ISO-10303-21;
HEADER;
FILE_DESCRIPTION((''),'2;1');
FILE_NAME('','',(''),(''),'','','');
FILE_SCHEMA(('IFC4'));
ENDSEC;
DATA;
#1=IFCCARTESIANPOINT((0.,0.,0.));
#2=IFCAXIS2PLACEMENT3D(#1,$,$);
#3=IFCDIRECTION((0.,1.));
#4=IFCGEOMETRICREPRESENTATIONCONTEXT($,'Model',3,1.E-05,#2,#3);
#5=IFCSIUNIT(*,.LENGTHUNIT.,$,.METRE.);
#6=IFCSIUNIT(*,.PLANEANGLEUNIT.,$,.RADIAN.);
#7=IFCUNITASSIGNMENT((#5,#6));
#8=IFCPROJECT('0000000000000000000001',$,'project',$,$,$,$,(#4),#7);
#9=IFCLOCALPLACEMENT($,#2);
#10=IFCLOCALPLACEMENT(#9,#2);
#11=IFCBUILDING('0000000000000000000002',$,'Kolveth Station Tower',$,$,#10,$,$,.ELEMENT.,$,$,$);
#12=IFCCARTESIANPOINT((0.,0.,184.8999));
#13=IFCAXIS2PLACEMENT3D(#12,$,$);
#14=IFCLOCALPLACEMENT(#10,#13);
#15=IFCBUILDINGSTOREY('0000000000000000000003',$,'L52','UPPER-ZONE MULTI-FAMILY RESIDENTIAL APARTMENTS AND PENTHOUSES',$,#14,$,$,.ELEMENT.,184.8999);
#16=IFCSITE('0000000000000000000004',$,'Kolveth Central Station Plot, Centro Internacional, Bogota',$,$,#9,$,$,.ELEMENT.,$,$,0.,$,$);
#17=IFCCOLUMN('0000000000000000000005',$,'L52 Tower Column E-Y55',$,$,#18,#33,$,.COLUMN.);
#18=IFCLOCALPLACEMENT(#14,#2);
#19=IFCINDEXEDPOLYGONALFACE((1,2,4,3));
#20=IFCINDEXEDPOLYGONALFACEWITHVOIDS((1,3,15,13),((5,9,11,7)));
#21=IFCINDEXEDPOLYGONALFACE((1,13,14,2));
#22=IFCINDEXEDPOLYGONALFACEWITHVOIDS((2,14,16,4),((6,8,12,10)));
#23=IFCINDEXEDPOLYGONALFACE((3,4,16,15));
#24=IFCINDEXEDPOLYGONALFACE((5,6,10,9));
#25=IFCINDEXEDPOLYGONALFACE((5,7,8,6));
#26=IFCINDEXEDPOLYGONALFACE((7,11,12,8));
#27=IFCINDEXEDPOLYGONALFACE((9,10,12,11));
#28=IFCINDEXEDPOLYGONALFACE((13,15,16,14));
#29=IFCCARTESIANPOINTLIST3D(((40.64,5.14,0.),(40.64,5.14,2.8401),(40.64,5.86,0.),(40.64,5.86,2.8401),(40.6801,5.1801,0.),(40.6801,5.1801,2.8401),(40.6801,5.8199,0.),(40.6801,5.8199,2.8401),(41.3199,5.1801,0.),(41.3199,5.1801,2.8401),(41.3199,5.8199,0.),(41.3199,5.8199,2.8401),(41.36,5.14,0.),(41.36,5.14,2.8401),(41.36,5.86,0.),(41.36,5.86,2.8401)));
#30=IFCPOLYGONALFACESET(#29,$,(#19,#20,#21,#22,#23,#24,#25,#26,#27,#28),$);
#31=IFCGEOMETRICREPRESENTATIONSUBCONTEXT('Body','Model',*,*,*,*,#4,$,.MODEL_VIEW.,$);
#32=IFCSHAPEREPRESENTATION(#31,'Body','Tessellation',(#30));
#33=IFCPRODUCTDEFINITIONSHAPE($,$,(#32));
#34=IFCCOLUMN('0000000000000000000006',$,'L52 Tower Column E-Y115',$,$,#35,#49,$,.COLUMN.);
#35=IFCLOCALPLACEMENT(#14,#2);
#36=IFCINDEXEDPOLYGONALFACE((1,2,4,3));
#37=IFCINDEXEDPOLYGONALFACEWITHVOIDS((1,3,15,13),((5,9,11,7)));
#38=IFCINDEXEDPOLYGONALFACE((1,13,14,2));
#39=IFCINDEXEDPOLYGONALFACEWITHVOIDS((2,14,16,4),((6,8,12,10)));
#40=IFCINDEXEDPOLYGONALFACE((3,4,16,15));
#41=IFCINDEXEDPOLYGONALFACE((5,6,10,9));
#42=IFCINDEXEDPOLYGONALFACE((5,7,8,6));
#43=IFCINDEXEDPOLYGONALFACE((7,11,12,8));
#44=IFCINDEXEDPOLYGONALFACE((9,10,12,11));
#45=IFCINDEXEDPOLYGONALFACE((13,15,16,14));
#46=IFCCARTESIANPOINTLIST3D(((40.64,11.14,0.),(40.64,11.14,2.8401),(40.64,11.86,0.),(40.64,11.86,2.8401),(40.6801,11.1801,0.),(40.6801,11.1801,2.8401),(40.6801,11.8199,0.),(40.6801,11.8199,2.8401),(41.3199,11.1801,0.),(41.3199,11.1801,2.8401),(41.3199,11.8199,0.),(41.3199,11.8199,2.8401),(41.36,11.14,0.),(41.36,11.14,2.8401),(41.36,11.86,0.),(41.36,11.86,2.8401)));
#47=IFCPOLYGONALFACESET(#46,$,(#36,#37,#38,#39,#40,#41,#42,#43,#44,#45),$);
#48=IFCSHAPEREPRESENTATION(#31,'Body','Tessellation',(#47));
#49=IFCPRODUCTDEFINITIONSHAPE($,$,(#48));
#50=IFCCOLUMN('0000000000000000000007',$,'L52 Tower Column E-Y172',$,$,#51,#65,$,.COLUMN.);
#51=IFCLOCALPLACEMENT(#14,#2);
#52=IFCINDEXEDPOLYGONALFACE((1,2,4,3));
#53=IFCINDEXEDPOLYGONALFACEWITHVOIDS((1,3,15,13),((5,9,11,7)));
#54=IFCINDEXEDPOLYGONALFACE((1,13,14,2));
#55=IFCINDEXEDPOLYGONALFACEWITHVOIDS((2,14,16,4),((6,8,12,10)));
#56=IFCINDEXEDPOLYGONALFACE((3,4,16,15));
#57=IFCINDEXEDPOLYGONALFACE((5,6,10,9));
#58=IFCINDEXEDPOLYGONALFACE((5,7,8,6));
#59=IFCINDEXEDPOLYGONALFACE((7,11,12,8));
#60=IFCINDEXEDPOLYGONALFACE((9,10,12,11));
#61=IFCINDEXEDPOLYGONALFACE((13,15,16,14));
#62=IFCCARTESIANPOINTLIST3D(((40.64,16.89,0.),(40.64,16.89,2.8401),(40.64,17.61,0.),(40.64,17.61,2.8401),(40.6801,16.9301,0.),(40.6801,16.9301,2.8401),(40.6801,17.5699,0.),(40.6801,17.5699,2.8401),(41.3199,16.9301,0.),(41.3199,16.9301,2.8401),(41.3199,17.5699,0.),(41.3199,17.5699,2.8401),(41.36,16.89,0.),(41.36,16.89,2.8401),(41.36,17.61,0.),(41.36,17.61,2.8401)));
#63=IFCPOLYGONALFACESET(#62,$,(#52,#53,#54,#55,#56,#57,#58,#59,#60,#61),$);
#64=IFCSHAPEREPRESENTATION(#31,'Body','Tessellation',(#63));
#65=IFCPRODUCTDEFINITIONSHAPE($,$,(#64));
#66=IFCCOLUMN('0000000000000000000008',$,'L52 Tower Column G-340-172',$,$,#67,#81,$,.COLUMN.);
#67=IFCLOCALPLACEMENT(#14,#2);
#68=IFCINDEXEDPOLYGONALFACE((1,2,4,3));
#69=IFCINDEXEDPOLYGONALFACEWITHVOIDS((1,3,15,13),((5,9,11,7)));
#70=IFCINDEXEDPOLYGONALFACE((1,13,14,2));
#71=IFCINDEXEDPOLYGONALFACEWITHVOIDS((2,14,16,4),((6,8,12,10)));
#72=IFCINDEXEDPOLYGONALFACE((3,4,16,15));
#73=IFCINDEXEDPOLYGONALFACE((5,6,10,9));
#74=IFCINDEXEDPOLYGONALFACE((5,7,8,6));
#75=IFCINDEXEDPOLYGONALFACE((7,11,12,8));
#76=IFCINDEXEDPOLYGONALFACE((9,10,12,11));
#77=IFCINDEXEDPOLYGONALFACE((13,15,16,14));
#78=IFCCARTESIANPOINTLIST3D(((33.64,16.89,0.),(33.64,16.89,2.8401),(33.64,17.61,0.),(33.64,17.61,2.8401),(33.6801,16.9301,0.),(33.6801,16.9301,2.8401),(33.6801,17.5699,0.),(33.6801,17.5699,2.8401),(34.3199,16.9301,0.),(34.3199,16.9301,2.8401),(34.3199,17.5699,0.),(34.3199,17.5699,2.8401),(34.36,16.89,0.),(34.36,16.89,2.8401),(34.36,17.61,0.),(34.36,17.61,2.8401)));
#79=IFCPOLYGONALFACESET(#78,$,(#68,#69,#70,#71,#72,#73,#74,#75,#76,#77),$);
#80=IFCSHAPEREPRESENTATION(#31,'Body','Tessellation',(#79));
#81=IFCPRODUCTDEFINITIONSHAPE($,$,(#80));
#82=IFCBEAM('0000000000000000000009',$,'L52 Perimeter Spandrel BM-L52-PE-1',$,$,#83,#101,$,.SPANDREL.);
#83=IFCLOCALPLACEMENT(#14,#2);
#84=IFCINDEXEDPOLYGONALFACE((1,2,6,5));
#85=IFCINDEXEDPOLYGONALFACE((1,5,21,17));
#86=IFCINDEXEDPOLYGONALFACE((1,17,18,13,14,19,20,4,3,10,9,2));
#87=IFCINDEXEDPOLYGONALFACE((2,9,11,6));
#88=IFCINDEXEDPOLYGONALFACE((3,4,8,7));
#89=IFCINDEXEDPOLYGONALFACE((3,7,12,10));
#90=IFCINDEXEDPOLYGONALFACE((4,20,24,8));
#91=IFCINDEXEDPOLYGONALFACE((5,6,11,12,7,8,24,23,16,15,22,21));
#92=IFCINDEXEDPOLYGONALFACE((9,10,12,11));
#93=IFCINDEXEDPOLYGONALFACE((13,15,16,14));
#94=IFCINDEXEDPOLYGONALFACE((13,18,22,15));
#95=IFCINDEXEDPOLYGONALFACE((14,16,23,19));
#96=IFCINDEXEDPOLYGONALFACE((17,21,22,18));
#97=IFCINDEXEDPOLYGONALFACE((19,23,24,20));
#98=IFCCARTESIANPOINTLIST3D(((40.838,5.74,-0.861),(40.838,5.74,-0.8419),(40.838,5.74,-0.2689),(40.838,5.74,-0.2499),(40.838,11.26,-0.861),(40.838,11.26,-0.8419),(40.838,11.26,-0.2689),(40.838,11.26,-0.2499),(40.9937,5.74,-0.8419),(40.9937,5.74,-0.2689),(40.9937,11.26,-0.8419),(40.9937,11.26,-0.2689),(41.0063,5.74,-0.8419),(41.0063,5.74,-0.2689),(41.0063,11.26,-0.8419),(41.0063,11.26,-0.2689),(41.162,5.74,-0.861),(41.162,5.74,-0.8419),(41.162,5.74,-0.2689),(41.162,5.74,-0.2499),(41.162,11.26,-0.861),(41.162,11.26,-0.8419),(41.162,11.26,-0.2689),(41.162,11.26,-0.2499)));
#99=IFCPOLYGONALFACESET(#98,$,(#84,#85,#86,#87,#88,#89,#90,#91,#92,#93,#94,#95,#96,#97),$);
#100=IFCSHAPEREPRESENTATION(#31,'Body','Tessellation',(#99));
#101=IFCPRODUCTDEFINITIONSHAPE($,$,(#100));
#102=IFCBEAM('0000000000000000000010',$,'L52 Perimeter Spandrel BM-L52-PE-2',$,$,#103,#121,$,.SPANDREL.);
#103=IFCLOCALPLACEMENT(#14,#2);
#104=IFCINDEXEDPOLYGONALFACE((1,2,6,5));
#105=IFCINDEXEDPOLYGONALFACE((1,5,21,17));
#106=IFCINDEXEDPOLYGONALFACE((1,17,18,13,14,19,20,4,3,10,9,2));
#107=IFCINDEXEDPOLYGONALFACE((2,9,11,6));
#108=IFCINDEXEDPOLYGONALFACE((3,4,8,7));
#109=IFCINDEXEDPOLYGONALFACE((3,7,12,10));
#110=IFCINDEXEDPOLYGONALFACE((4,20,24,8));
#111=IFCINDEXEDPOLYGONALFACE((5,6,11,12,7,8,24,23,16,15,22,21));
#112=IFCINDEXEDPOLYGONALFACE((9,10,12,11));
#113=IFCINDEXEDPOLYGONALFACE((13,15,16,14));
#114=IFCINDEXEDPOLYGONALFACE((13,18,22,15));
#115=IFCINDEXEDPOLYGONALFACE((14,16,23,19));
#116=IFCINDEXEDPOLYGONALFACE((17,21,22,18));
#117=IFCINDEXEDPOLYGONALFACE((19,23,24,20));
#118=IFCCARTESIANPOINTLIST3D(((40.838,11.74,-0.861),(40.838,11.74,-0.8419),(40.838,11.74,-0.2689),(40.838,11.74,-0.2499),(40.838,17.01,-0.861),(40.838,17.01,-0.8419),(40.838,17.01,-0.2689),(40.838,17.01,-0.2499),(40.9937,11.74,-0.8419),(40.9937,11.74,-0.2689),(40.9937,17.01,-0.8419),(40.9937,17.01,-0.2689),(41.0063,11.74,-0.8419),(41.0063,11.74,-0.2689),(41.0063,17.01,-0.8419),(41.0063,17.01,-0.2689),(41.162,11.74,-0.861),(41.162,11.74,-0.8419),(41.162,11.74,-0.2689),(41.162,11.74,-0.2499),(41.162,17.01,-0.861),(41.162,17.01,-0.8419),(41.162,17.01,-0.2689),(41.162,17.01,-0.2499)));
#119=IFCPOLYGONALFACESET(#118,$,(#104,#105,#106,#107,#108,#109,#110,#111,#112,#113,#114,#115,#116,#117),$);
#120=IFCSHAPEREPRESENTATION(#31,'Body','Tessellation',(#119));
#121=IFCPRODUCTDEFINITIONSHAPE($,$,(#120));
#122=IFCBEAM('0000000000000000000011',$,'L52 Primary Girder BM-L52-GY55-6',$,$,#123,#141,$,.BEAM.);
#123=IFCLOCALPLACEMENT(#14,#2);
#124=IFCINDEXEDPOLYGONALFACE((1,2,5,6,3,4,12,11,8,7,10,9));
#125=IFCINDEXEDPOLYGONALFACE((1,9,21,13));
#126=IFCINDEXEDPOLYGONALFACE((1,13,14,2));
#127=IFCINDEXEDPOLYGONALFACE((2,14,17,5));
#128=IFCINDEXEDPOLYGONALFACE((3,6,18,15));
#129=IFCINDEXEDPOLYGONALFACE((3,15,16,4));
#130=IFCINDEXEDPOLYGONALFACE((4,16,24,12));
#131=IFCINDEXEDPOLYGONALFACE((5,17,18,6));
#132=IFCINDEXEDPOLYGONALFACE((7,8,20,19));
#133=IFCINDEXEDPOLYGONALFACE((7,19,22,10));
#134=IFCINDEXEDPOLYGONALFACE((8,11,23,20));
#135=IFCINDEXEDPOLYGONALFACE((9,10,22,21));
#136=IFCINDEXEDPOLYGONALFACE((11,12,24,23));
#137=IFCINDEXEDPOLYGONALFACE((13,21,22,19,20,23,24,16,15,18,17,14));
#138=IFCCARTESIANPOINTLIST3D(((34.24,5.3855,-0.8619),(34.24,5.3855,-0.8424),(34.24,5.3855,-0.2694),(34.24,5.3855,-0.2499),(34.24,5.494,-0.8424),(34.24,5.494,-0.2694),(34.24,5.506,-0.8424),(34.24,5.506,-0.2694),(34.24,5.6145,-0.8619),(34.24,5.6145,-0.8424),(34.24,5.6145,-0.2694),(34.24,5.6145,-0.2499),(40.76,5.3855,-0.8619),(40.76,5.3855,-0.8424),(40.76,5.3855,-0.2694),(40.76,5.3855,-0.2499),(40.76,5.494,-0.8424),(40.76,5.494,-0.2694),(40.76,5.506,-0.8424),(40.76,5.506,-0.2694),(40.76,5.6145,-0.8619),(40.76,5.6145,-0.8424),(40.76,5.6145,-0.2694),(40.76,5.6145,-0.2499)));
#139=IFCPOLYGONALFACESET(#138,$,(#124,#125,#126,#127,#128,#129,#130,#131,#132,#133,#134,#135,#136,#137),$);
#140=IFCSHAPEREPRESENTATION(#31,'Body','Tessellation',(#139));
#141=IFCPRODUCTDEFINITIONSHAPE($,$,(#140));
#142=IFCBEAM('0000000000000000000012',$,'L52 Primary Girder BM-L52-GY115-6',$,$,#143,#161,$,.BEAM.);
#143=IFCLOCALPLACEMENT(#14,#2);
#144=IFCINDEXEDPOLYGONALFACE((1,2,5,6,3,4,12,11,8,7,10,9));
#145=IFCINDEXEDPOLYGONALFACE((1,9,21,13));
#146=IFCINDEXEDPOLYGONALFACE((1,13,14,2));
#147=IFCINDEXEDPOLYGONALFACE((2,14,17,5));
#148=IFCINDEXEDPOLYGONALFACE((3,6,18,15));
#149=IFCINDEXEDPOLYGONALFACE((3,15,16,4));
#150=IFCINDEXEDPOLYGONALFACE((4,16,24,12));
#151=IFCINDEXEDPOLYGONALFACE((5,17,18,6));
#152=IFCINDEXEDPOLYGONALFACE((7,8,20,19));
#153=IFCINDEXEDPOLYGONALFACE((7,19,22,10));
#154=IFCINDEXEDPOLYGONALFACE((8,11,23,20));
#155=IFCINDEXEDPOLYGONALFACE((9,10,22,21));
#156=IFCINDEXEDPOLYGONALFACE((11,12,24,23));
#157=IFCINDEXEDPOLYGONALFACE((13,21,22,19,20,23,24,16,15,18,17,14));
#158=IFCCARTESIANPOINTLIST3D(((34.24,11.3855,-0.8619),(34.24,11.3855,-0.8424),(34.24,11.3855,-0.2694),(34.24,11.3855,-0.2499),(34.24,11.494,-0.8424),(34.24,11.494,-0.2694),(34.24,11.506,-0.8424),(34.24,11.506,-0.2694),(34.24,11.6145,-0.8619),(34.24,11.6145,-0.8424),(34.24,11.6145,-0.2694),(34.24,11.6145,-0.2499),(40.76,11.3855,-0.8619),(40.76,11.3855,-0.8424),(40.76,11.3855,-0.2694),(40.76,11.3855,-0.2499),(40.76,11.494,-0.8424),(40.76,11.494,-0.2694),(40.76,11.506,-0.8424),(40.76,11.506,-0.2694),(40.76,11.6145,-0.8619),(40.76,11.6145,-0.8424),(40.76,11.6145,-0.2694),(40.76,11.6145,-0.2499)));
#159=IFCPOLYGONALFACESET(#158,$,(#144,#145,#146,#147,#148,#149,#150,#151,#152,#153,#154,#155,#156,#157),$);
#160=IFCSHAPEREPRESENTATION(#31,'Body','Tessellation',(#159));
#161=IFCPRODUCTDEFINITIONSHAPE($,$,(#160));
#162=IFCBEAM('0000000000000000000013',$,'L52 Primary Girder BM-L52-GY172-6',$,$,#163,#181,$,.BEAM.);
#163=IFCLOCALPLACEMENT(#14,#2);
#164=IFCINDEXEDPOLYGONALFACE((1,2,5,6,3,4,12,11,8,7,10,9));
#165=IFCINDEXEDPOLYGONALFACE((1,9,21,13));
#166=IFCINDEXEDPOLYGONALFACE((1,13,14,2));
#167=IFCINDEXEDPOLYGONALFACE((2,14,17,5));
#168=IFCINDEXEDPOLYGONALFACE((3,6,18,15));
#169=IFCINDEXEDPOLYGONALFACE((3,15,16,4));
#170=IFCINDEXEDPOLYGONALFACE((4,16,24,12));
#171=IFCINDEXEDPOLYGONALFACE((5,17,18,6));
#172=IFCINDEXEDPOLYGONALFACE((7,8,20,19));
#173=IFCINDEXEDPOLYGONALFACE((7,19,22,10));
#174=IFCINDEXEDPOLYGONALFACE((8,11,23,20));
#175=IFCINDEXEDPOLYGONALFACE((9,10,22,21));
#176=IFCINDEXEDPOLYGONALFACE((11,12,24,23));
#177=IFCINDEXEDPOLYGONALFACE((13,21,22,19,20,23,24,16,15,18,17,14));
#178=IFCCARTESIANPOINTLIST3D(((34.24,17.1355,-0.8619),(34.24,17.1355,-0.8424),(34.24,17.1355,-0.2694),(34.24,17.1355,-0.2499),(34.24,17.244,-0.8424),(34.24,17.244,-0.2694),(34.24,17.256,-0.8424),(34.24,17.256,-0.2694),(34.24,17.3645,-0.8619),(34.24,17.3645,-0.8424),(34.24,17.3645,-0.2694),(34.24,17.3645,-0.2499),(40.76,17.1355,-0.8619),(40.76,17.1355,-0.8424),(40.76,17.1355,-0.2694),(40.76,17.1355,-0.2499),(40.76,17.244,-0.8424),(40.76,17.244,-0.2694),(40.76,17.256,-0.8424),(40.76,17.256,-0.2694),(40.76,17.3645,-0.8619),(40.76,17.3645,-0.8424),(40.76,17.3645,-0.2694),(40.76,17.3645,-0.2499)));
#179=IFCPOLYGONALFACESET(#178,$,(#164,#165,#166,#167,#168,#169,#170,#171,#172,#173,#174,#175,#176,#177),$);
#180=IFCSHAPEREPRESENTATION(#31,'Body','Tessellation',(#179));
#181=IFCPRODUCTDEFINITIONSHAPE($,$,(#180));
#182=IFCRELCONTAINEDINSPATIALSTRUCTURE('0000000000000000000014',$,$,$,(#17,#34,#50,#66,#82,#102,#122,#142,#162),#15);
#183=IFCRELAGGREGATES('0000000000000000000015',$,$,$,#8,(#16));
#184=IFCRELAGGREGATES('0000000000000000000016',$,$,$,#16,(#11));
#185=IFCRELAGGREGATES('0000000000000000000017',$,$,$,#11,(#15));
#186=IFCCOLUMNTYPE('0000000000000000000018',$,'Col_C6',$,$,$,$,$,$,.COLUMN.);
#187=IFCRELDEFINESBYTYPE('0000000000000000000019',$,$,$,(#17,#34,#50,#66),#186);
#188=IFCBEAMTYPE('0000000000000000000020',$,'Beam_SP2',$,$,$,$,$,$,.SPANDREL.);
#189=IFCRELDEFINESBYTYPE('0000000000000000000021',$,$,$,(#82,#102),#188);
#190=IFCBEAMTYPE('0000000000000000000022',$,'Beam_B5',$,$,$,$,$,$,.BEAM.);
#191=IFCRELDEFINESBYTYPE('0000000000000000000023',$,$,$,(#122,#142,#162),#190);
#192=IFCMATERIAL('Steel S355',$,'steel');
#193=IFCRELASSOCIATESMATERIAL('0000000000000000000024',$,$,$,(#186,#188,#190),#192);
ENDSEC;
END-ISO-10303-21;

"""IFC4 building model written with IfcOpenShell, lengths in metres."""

from ifc_helpers import new_model, si_unit, direction, frame, origin, origin_2d, place, context, subcontext, project, spatial, hollow_rectangle, i_section, extrude, source, transform, mapped, material, material_profile, profile_set, type_object, element, save


model = new_model("IFC4")

# Units and contexts
model_context = context("Model", 3, precision=1e-05, world=origin(), true_north=direction((0.0, 1.0)))
body_context = subcontext(model_context, "Body", "Model", "MODEL_VIEW")
ifc_project = project(units=[si_unit("LENGTHUNIT", "METRE"), si_unit("PLANEANGLEUNIT", "RADIAN")], contexts=[model_context])

# Site, building, storey
site_placement = place(None, origin())
site = spatial("IfcSite", under=ifc_project, at=site_placement, Name="Kolveth Central Station Plot, Centro Internacional, Bogota", CompositionType="ELEMENT", RefElevation=0.0)
building_placement = place(site_placement, origin())
building = spatial("IfcBuilding", under=site, at=building_placement, Name="Kolveth Station Tower", CompositionType="ELEMENT")
storey_placement = place(building_placement, frame((0.0, 0.0, 184.8999)))
storey = spatial("IfcBuildingStorey", under=building, at=storey_placement, Name="L52", Description="UPPER-ZONE MULTI-FAMILY RESIDENTIAL APARTMENTS AND PENTHOUSES", CompositionType="ELEMENT", Elevation=184.8999)

# Columns
ifc_material_1 = material(Name="Steel S355", Category="steel")
ifc_material_profile_1 = material_profile(ifc_material_1, hollow_rectangle(XDim=0.72, YDim=0.72, WallThickness=0.04, at=origin_2d()), Name="BOX720x720x40")
ifc_profile_set_1 = profile_set([ifc_material_profile_1], Name="Steel S355")
column_type = type_object("IfcColumnType", Name="Col_C6", PredefinedType="COLUMN", material=ifc_profile_set_1)
shared_shape_1 = source(origin(), body_context, "Body", "SweptSolid", [
    extrude(hollow_rectangle(XDim=0.72, YDim=0.72, WallThickness=0.04, at=origin_2d()), origin(), (0.0, 0.0, 1.0), 2.8401),
])
for number, where, z_axis, x_axis, name in (
    (1, (41.0, 5.5, 0.0), (0.0, 0.0, 1.0), (1.0, 0.0, 0.0), "L52 Tower Column E-Y55"),
    (2, (41.0, 11.5, 0.0), (0.0, 0.0, 1.0), (1.0, 0.0, 0.0), "L52 Tower Column E-Y115"),
    (3, (41.0, 17.25, 0.0), (0.0, 0.0, 1.0), (1.0, 0.0, 0.0), "L52 Tower Column E-Y172"),
    (4, (34.0, 17.25, 0.0), (0.0, 0.0, 1.0), (1.0, 0.0, 0.0), "L52 Tower Column G-340-172"),
):
    element("IfcColumn", number, at=place(storey_placement, frame(where, z_axis=z_axis, x_axis=x_axis)), inside=storey, type_object=column_type, Name=name, PredefinedType="COLUMN", context=body_context, shape_type="MappedRepresentation", body=[
        mapped(shared_shape_1, transform((0.0, 0.0, 0.0), x_axis=(1.0, 0.0, 0.0), y_axis=(0.0, 1.0, 0.0), z_axis=(0.0, 0.0, 1.0), scale=1.0)),
    ])

# Beams
ifc_material_profile_2 = material_profile(ifc_material_1, i_section(OverallWidth=0.324, OverallDepth=0.6111, WebThickness=0.0127, FlangeThickness=0.019, at=origin_2d()), Name="W610x155")
ifc_profile_set_2 = profile_set([ifc_material_profile_2], Name="Steel S355")
beam_type_1 = type_object("IfcBeamType", Name="Beam_SP2", PredefinedType="SPANDREL", material=ifc_profile_set_2)
shared_shape_2 = source(origin(), body_context, "Body", "SweptSolid", [
    extrude(i_section(OverallWidth=0.324, OverallDepth=0.6111, WebThickness=0.0127, FlangeThickness=0.019, at=origin_2d()), origin(), (0.0, 0.0, 1.0), 5.52),
])
beam_1_placement = place(storey_placement, frame((41.0, 5.74, -0.5554), z_axis=(0.0, 1.0, 0.0), x_axis=(-1.0, 0.0, 0.0)))
element("IfcBeam", 5, at=beam_1_placement, inside=storey, type_object=beam_type_1, Name="L52 Perimeter Spandrel BM-L52-PE-1", PredefinedType="SPANDREL", context=body_context, shape_type="MappedRepresentation", body=[
    mapped(shared_shape_2, transform((0.0, 0.0, 0.0), x_axis=(1.0, 0.0, 0.0), y_axis=(0.0, 1.0, 0.0), z_axis=(0.0, 0.0, 1.0), scale=1.0)),
])
shared_shape_3 = source(origin(), body_context, "Body", "SweptSolid", [
    extrude(i_section(OverallWidth=0.324, OverallDepth=0.6111, WebThickness=0.0127, FlangeThickness=0.019, at=origin_2d()), origin(), (0.0, 0.0, 1.0), 5.27),
])
beam_2_placement = place(storey_placement, frame((41.0, 11.74, -0.5554), z_axis=(0.0, 1.0, 0.0), x_axis=(-1.0, 0.0, 0.0)))
element("IfcBeam", 6, at=beam_2_placement, inside=storey, type_object=beam_type_1, Name="L52 Perimeter Spandrel BM-L52-PE-2", PredefinedType="SPANDREL", context=body_context, shape_type="MappedRepresentation", body=[
    mapped(shared_shape_3, transform((0.0, 0.0, 0.0), x_axis=(1.0, 0.0, 0.0), y_axis=(0.0, 1.0, 0.0), z_axis=(0.0, 0.0, 1.0), scale=1.0)),
])
ifc_material_profile_3 = material_profile(ifc_material_1, i_section(OverallWidth=0.229, OverallDepth=0.6121, WebThickness=0.012, FlangeThickness=0.0195, at=origin_2d()), Name="W610x125")
ifc_profile_set_3 = profile_set([ifc_material_profile_3], Name="Steel S355")
beam_type_2 = type_object("IfcBeamType", Name="Beam_B5", PredefinedType="BEAM", material=ifc_profile_set_3)
shared_shape_4 = source(origin(), body_context, "Body", "SweptSolid", [
    extrude(i_section(OverallWidth=0.229, OverallDepth=0.6121, WebThickness=0.012, FlangeThickness=0.0195, at=origin_2d()), origin(), (0.0, 0.0, 1.0), 6.52),
])
for number, where, z_axis, x_axis, name in (
    (7, (34.24, 5.5, -0.5559), (1.0, 0.0, 0.0), (0.0, 1.0, 0.0), "L52 Primary Girder BM-L52-GY55-6"),
    (8, (34.24, 11.5, -0.5559), (1.0, 0.0, 0.0), (0.0, 1.0, 0.0), "L52 Primary Girder BM-L52-GY115-6"),
    (9, (34.24, 17.25, -0.5559), (1.0, 0.0, 0.0), (0.0, 1.0, 0.0), "L52 Primary Girder BM-L52-GY172-6"),
):
    element("IfcBeam", number, at=place(storey_placement, frame(where, z_axis=z_axis, x_axis=x_axis)), inside=storey, type_object=beam_type_2, Name=name, PredefinedType="BEAM", context=body_context, shape_type="MappedRepresentation", body=[
        mapped(shared_shape_4, transform((0.0, 0.0, 0.0), x_axis=(1.0, 0.0, 0.0), y_axis=(0.0, 1.0, 0.0), z_axis=(0.0, 0.0, 1.0), scale=1.0)),
    ])

save(model, "model.ifc")
